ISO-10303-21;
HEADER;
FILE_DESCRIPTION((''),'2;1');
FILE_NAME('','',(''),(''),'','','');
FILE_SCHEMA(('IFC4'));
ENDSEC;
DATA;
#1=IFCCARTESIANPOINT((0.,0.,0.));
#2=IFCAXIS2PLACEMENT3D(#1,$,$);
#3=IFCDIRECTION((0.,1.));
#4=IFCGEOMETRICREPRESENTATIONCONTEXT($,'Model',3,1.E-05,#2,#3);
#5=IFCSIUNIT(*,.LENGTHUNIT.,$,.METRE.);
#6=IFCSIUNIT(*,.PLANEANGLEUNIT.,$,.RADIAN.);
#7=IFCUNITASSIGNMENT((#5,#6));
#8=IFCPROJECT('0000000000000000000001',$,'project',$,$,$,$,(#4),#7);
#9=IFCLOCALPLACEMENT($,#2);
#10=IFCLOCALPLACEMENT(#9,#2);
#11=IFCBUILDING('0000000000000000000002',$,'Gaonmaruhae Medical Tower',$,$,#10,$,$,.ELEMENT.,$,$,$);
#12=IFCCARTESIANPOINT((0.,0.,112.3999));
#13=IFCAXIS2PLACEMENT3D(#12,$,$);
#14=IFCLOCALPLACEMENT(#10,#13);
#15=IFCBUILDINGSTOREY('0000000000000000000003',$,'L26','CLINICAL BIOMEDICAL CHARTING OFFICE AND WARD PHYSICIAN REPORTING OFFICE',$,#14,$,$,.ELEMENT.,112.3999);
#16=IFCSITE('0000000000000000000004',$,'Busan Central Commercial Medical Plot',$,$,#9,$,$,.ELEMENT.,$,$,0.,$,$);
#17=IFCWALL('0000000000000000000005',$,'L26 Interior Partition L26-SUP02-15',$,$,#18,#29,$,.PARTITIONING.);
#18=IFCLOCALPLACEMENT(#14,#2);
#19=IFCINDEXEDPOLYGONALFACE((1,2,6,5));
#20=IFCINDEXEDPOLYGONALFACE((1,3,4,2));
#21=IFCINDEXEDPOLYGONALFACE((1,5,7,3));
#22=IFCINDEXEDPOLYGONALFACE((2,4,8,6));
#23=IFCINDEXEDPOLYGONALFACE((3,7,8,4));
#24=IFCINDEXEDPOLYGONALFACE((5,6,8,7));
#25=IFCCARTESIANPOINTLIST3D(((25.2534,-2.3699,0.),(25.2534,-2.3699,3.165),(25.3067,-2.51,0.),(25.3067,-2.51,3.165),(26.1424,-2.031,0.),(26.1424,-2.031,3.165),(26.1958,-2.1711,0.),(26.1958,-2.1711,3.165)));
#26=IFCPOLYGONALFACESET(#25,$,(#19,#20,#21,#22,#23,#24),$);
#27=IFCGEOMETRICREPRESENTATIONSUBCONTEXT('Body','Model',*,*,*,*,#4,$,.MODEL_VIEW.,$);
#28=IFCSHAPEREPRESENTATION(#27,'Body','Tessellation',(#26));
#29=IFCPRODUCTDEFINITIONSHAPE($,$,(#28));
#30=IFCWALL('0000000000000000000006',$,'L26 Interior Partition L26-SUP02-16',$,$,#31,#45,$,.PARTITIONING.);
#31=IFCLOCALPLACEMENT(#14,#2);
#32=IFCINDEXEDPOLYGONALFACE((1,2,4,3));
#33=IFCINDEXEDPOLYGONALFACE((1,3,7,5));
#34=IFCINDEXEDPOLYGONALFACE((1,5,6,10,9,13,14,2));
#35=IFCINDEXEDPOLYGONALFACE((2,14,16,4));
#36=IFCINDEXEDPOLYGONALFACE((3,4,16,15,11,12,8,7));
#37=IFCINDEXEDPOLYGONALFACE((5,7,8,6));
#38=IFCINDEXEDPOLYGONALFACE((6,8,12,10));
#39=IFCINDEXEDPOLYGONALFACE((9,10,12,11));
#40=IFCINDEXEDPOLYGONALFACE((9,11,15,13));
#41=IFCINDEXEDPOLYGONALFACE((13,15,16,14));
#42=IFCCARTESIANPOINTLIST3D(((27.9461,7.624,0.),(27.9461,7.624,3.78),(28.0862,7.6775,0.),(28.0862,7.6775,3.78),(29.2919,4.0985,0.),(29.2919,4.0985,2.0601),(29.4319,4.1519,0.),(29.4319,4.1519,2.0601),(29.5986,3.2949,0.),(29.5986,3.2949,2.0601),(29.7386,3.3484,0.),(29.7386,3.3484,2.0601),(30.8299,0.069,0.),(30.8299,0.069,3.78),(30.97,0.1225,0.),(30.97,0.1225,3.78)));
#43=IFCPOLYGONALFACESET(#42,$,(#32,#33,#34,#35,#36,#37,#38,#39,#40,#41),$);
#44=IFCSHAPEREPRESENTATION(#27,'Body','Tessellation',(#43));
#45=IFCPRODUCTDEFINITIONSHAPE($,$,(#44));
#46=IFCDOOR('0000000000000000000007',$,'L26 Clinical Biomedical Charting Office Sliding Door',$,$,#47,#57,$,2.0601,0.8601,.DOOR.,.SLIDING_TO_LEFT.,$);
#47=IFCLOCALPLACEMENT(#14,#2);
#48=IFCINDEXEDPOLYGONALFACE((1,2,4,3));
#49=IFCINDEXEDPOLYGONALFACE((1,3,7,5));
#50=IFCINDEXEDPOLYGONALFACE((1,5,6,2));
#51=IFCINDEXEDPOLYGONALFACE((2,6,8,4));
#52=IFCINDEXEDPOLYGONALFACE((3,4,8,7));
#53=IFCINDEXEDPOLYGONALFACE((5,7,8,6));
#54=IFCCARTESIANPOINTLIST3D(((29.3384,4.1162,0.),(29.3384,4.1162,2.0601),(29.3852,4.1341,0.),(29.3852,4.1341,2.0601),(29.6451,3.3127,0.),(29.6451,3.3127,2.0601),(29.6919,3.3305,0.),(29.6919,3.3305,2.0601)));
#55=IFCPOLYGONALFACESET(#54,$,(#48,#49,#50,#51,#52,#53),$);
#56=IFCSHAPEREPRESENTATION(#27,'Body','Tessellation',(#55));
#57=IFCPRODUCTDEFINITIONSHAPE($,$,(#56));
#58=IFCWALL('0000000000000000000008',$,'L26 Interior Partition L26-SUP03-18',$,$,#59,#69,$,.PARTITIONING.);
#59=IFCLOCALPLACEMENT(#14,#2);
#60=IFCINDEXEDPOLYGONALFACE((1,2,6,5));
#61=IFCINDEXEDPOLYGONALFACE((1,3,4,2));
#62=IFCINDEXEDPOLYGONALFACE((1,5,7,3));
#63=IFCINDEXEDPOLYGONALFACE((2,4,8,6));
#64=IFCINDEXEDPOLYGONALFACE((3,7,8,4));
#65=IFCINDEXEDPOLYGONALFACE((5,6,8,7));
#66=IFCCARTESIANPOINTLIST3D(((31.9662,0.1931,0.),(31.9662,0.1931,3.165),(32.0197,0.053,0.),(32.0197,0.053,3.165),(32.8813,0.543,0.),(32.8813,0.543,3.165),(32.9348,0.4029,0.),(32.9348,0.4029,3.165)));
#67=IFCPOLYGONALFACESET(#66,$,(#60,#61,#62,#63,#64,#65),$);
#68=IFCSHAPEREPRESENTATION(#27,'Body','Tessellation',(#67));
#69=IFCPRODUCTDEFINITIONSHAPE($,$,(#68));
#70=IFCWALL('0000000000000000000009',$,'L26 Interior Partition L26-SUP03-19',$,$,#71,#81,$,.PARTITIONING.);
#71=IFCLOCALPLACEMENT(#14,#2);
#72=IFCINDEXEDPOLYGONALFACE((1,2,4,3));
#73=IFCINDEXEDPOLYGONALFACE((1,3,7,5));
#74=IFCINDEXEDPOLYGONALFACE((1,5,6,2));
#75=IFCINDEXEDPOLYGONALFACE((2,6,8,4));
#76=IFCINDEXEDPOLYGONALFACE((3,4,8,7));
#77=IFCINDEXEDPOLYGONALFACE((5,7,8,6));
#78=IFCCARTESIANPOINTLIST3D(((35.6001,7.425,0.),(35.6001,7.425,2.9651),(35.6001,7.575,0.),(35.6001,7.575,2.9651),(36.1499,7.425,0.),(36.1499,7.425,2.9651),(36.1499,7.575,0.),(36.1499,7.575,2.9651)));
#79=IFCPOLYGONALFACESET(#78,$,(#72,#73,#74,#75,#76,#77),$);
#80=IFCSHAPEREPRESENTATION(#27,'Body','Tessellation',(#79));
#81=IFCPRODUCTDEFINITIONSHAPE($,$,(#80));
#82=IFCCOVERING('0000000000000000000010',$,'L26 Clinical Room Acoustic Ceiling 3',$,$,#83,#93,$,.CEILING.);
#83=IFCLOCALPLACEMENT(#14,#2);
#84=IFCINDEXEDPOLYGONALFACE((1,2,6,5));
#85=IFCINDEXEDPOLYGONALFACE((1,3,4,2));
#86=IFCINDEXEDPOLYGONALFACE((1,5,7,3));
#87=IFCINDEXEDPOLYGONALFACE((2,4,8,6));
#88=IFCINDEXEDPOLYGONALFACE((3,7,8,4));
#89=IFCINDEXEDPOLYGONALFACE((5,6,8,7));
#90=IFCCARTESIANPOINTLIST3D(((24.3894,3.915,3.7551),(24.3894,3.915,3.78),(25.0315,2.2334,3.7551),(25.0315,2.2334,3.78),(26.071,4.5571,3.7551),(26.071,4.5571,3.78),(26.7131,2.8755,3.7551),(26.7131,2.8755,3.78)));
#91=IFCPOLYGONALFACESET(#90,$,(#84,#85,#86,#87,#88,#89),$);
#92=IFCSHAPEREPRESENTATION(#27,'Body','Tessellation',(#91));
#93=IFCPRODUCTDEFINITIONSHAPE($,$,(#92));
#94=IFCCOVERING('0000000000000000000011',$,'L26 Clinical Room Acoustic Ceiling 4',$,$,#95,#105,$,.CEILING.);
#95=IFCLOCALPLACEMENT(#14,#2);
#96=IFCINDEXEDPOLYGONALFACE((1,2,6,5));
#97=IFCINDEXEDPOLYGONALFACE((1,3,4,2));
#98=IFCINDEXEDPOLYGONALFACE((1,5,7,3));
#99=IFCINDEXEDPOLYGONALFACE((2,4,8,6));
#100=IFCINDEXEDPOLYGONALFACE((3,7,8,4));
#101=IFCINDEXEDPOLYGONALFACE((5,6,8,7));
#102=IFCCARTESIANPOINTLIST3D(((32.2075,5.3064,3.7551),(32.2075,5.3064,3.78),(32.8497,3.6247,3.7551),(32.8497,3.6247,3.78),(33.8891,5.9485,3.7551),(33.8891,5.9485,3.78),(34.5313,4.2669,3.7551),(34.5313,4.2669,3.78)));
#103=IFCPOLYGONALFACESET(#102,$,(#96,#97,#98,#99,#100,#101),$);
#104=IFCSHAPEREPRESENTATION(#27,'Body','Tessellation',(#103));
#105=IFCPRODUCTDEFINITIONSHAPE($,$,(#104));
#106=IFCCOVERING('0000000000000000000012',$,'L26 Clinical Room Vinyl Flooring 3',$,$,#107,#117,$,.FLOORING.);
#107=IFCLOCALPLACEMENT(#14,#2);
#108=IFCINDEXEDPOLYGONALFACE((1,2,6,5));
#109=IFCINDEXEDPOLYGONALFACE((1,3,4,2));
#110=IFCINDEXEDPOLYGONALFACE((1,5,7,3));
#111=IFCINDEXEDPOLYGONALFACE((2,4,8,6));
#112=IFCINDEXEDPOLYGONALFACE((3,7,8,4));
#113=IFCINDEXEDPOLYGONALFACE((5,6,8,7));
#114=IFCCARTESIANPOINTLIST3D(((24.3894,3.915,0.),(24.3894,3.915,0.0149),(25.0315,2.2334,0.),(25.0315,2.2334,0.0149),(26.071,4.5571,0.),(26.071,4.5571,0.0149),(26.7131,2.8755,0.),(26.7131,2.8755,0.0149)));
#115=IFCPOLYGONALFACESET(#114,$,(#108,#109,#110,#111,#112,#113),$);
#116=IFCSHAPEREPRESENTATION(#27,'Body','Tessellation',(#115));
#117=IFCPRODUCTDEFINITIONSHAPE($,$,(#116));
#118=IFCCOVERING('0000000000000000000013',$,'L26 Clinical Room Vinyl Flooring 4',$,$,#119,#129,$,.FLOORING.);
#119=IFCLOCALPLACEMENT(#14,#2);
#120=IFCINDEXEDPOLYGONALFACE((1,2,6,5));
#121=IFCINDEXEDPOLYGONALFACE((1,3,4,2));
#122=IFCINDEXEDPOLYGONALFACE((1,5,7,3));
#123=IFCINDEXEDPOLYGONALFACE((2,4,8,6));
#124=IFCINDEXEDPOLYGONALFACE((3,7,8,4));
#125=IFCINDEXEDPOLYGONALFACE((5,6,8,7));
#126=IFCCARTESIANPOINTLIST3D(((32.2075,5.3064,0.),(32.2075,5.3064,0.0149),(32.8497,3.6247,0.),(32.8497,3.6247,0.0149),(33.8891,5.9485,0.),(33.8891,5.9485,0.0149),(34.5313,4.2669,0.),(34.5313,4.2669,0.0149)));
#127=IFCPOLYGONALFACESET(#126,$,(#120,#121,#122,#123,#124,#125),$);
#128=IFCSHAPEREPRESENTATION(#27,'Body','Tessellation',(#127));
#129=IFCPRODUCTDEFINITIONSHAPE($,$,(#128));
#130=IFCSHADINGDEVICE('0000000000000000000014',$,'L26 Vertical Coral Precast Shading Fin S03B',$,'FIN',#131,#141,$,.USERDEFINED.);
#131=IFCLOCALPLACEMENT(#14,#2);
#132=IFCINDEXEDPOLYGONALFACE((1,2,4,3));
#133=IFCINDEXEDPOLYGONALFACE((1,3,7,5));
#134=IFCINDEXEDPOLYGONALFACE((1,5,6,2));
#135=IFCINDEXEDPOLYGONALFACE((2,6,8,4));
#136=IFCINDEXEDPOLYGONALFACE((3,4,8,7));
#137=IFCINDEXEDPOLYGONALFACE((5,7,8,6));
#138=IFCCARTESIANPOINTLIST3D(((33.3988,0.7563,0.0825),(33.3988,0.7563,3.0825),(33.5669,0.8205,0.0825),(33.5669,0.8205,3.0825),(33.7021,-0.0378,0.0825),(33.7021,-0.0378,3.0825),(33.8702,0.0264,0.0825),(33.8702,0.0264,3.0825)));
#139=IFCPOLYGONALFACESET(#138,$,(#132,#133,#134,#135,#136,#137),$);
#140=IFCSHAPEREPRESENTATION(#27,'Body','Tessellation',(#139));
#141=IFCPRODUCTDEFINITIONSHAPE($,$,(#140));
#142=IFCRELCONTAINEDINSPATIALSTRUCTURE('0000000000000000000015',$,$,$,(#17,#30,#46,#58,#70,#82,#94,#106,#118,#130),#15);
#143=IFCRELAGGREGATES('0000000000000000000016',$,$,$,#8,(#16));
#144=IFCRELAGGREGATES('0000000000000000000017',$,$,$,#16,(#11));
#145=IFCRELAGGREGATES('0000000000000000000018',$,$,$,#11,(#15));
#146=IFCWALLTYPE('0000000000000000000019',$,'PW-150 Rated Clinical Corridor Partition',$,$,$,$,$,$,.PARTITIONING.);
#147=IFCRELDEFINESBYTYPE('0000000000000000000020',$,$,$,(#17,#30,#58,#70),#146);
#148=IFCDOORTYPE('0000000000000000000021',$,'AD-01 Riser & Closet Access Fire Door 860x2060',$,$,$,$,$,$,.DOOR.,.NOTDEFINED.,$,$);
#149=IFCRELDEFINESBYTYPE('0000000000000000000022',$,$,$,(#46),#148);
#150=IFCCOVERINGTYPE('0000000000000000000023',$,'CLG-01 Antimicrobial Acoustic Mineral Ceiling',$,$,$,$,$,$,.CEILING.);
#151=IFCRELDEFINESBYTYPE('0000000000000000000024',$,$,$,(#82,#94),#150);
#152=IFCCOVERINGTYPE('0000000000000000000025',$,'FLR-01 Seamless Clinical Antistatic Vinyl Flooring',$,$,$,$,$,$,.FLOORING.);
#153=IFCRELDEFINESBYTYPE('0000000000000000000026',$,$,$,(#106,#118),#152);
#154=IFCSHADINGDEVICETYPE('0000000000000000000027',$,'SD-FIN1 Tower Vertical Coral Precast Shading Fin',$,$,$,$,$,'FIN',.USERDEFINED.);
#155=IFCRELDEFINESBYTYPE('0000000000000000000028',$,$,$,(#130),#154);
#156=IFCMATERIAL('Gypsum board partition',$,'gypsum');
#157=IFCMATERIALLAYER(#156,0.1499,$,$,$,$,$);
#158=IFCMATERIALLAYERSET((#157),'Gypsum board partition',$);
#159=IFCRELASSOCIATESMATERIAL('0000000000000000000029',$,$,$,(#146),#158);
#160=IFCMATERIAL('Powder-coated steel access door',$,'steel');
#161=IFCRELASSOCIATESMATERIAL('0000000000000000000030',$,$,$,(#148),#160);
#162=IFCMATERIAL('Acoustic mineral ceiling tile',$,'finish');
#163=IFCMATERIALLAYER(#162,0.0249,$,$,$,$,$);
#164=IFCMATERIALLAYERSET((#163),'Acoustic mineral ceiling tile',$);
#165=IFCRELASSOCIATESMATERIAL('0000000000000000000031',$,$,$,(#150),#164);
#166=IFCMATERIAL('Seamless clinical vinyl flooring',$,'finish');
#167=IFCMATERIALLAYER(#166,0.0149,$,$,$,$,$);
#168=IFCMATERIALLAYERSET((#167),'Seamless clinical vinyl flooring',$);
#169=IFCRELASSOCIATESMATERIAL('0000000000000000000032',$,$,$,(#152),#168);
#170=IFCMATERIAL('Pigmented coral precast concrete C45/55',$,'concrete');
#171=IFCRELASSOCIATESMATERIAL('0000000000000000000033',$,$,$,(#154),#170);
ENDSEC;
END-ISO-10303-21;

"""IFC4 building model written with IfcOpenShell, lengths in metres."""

from ifc_helpers import new_model, si_unit, direction, frame, frame_2d, origin, origin_2d, place, context, subcontext, project, spatial, rectangle, extrude, material, layer, layer_set, type_object, element, fill, save


model = new_model("IFC4")

# Units and contexts
model_context = context("Model", 3, precision=1e-05, world=origin(), true_north=direction((0.0, 1.0)))
body_context = subcontext(model_context, "Body", "Model", "MODEL_VIEW")
ifc_project = project(units=[si_unit("LENGTHUNIT", "METRE"), si_unit("PLANEANGLEUNIT", "RADIAN")], contexts=[model_context])

# Site, building, storey
site_placement = place(None, origin())
site = spatial("IfcSite", under=ifc_project, at=site_placement, Name="Busan Central Commercial Medical Plot", CompositionType="ELEMENT", RefElevation=0.0)
building_placement = place(site_placement, origin())
building = spatial("IfcBuilding", under=site, at=building_placement, Name="Gaonmaruhae Medical Tower", CompositionType="ELEMENT")
storey_placement = place(building_placement, frame((0.0, 0.0, 112.3999)))
storey = spatial("IfcBuildingStorey", under=building, at=storey_placement, Name="L26", Description="CLINICAL BIOMEDICAL CHARTING OFFICE AND WARD PHYSICIAN REPORTING OFFICE", CompositionType="ELEMENT", Elevation=112.3999)

# Wall
ifc_material_1 = material(Name="Gypsum board partition", Category="gypsum")
ifc_layer_1 = layer(ifc_material_1, 0.1499)
ifc_layer_set_1 = layer_set([ifc_layer_1], Name="Gypsum board partition")
wall_type_1 = type_object("IfcWallType", Name="PW-150 Rated Clinical Corridor Partition", PredefinedType="PARTITIONING", material=ifc_layer_set_1)
wall_1_placement = place(storey_placement, frame((26.1689, -2.1011, 0.0), z_axis=(0.0, 0.0, 1.0), x_axis=(-0.934406, -0.356209, 0.0)))
element("IfcWall", 1, at=wall_1_placement, inside=storey, type_object=wall_type_1, Name="L26 Interior Partition L26-SUP02-15", PredefinedType="PARTITIONING", context=body_context, shape_type="SweptSolid", body=[
    extrude(rectangle(XDim=0.9514, YDim=0.1499, at=frame_2d((0.4756, 0.0))), origin(), (0.0, 0.0, 1.0), 3.165),
])

# Wall, opening, door
wall_2_placement = place(storey_placement, frame((28.0161, 7.6509, 0.0), z_axis=(0.0, 0.0, 1.0), x_axis=(0.356613, -0.934252, 0.0)))
wall_2 = element("IfcWall", 2, at=wall_2_placement, inside=storey, type_object=wall_type_1, Name="L26 Interior Partition L26-SUP02-16", PredefinedType="PARTITIONING", context=body_context, shape_type="SweptSolid", body=[
    extrude(rectangle(XDim=8.0867, YDim=0.1499, at=frame_2d((4.0435, 0.0))), origin(), (0.0, 0.0, 1.0), 3.78),
])
opening_1_placement = place(wall_2_placement, frame((3.7737, 0.0, 0.0)))
opening_1 = element("IfcOpeningElement", 3, at=opening_1_placement, cuts=wall_2, PredefinedType="OPENING", context=body_context, shape_type="SweptSolid", body=[
    extrude(rectangle(XDim=0.8601, YDim=2.0601, at=frame_2d((0.4302, 1.03))), frame((0.0, 0.085, 0.0), z_axis=(0.0, -1.0, 0.0), x_axis=(1.0, 0.0, 0.0)), (0.0, 0.0, 1.0), 0.1699),
])
ifc_material_2 = material(Name="Powder-coated steel access door", Category="steel")
door_type = type_object("IfcDoorType", Name="AD-01 Riser & Closet Access Fire Door 860x2060", OperationType="NOTDEFINED", PredefinedType="DOOR", material=ifc_material_2)
door_placement = place(opening_1_placement, origin())
door = element("IfcDoor", 4, at=door_placement, inside=storey, type_object=door_type, Name="L26 Clinical Biomedical Charting Office Sliding Door", OperationType="SLIDING_TO_LEFT", OverallHeight=2.0601, OverallWidth=0.8601, PredefinedType="DOOR", context=body_context, shape_type="SweptSolid", body=[
    extrude(rectangle(XDim=0.8601, YDim=2.0601, at=frame_2d((0.4302, 1.03))), frame((0.0, 0.0249, 0.0), z_axis=(0.0, -1.0, 0.0), x_axis=(1.0, 0.0, 0.0)), (0.0, 0.0, 1.0), 0.05),
])
fill(opening_1, door)

# Walls
wall_3_placement = place(storey_placement, frame((32.908, 0.4729, 0.0), z_axis=(0.0, 0.0, 1.0), x_axis=(-0.934057, -0.357125, 0.0)))
element("IfcWall", 5, at=wall_3_placement, inside=storey, type_object=wall_type_1, Name="L26 Interior Partition L26-SUP03-18", PredefinedType="PARTITIONING", context=body_context, shape_type="SweptSolid", body=[
    extrude(rectangle(XDim=0.9797, YDim=0.1499, at=frame_2d((0.4897, 0.0))), origin(), (0.0, 0.0, 1.0), 3.165),
])
wall_4_placement = place(storey_placement, frame((35.6001, 7.5, 0.0), z_axis=(0.0, 0.0, 1.0), x_axis=(1.0, 0.0, 0.0)))
element("IfcWall", 6, at=wall_4_placement, inside=storey, type_object=wall_type_1, Name="L26 Interior Partition L26-SUP03-19", PredefinedType="PARTITIONING", context=body_context, shape_type="SweptSolid", body=[
    extrude(rectangle(XDim=0.5498, YDim=0.1499, at=frame_2d((0.2749, 0.0))), origin(), (0.0, 0.0, 1.0), 2.9651),
])

# Coverings
ifc_material_3 = material(Name="Acoustic mineral ceiling tile", Category="finish")
ifc_layer_2 = layer(ifc_material_3, 0.0249)
ifc_layer_set_2 = layer_set([ifc_layer_2], Name="Acoustic mineral ceiling tile")
covering_type_1 = type_object("IfcCoveringType", Name="CLG-01 Antimicrobial Acoustic Mineral Ceiling", PredefinedType="CEILING", material=ifc_layer_set_2)
for number, where, z_axis, x_axis, name in (
    (7, (25.5513, 3.3953, 3.7551), (0.0, 0.0, 1.0), (0.934204, 0.356738, 0.0), "L26 Clinical Room Acoustic Ceiling 3"),
    (8, (33.3694, 4.7866, 3.7551), (0.0, 0.0, 1.0), (0.934204, 0.356738, 0.0), "L26 Clinical Room Acoustic Ceiling 4"),
):
    element("IfcCovering", number, at=place(storey_placement, frame(where, z_axis=z_axis, x_axis=x_axis)), inside=storey, type_object=covering_type_1, Name=name, PredefinedType="CEILING", context=body_context, shape_type="SweptSolid", body=[
        extrude(rectangle(XDim=1.8, YDim=1.8, at=origin_2d()), origin(), (0.0, 0.0, 1.0), 0.0249),
    ])
ifc_material_4 = material(Name="Seamless clinical vinyl flooring", Category="finish")
ifc_layer_3 = layer(ifc_material_4, 0.0149)
ifc_layer_set_3 = layer_set([ifc_layer_3], Name="Seamless clinical vinyl flooring")
covering_type_2 = type_object("IfcCoveringType", Name="FLR-01 Seamless Clinical Antistatic Vinyl Flooring", PredefinedType="FLOORING", material=ifc_layer_set_3)
for number, where, z_axis, x_axis, name in (
    (9, (25.5513, 3.3953, 0.0), (0.0, 0.0, 1.0), (0.934204, 0.356738, 0.0), "L26 Clinical Room Vinyl Flooring 3"),
    (10, (33.3694, 4.7866, 0.0), (0.0, 0.0, 1.0), (0.934204, 0.356738, 0.0), "L26 Clinical Room Vinyl Flooring 4"),
):
    element("IfcCovering", number, at=place(storey_placement, frame(where, z_axis=z_axis, x_axis=x_axis)), inside=storey, type_object=covering_type_2, Name=name, PredefinedType="FLOORING", context=body_context, shape_type="SweptSolid", body=[
        extrude(rectangle(XDim=1.8, YDim=1.8, at=origin_2d()), origin(), (0.0, 0.0, 1.0), 0.0149),
    ])

# Shading device
ifc_material_5 = material(Name="Pigmented coral precast concrete C45/55", Category="concrete")
shading_device_type = type_object("IfcShadingDeviceType", Name="SD-FIN1 Tower Vertical Coral Precast Shading Fin", ElementType="FIN", PredefinedType="USERDEFINED", material=ifc_material_5)
shading_device_placement = place(storey_placement, frame((33.6345, 0.3914, 0.0825), z_axis=(0.0, 0.0, 1.0), x_axis=(-0.934204, -0.356738, 0.0)))
element("IfcShadingDevice", 11, at=shading_device_placement, inside=storey, type_object=shading_device_type, Name="L26 Vertical Coral Precast Shading Fin S03B", ObjectType="FIN", PredefinedType="USERDEFINED", context=body_context, shape_type="SweptSolid", body=[
    extrude(rectangle(XDim=0.1799, YDim=0.8501, at=origin_2d()), origin(), (0.0, 0.0, 1.0), 3.0),
])

save(model, "model.ifc")
